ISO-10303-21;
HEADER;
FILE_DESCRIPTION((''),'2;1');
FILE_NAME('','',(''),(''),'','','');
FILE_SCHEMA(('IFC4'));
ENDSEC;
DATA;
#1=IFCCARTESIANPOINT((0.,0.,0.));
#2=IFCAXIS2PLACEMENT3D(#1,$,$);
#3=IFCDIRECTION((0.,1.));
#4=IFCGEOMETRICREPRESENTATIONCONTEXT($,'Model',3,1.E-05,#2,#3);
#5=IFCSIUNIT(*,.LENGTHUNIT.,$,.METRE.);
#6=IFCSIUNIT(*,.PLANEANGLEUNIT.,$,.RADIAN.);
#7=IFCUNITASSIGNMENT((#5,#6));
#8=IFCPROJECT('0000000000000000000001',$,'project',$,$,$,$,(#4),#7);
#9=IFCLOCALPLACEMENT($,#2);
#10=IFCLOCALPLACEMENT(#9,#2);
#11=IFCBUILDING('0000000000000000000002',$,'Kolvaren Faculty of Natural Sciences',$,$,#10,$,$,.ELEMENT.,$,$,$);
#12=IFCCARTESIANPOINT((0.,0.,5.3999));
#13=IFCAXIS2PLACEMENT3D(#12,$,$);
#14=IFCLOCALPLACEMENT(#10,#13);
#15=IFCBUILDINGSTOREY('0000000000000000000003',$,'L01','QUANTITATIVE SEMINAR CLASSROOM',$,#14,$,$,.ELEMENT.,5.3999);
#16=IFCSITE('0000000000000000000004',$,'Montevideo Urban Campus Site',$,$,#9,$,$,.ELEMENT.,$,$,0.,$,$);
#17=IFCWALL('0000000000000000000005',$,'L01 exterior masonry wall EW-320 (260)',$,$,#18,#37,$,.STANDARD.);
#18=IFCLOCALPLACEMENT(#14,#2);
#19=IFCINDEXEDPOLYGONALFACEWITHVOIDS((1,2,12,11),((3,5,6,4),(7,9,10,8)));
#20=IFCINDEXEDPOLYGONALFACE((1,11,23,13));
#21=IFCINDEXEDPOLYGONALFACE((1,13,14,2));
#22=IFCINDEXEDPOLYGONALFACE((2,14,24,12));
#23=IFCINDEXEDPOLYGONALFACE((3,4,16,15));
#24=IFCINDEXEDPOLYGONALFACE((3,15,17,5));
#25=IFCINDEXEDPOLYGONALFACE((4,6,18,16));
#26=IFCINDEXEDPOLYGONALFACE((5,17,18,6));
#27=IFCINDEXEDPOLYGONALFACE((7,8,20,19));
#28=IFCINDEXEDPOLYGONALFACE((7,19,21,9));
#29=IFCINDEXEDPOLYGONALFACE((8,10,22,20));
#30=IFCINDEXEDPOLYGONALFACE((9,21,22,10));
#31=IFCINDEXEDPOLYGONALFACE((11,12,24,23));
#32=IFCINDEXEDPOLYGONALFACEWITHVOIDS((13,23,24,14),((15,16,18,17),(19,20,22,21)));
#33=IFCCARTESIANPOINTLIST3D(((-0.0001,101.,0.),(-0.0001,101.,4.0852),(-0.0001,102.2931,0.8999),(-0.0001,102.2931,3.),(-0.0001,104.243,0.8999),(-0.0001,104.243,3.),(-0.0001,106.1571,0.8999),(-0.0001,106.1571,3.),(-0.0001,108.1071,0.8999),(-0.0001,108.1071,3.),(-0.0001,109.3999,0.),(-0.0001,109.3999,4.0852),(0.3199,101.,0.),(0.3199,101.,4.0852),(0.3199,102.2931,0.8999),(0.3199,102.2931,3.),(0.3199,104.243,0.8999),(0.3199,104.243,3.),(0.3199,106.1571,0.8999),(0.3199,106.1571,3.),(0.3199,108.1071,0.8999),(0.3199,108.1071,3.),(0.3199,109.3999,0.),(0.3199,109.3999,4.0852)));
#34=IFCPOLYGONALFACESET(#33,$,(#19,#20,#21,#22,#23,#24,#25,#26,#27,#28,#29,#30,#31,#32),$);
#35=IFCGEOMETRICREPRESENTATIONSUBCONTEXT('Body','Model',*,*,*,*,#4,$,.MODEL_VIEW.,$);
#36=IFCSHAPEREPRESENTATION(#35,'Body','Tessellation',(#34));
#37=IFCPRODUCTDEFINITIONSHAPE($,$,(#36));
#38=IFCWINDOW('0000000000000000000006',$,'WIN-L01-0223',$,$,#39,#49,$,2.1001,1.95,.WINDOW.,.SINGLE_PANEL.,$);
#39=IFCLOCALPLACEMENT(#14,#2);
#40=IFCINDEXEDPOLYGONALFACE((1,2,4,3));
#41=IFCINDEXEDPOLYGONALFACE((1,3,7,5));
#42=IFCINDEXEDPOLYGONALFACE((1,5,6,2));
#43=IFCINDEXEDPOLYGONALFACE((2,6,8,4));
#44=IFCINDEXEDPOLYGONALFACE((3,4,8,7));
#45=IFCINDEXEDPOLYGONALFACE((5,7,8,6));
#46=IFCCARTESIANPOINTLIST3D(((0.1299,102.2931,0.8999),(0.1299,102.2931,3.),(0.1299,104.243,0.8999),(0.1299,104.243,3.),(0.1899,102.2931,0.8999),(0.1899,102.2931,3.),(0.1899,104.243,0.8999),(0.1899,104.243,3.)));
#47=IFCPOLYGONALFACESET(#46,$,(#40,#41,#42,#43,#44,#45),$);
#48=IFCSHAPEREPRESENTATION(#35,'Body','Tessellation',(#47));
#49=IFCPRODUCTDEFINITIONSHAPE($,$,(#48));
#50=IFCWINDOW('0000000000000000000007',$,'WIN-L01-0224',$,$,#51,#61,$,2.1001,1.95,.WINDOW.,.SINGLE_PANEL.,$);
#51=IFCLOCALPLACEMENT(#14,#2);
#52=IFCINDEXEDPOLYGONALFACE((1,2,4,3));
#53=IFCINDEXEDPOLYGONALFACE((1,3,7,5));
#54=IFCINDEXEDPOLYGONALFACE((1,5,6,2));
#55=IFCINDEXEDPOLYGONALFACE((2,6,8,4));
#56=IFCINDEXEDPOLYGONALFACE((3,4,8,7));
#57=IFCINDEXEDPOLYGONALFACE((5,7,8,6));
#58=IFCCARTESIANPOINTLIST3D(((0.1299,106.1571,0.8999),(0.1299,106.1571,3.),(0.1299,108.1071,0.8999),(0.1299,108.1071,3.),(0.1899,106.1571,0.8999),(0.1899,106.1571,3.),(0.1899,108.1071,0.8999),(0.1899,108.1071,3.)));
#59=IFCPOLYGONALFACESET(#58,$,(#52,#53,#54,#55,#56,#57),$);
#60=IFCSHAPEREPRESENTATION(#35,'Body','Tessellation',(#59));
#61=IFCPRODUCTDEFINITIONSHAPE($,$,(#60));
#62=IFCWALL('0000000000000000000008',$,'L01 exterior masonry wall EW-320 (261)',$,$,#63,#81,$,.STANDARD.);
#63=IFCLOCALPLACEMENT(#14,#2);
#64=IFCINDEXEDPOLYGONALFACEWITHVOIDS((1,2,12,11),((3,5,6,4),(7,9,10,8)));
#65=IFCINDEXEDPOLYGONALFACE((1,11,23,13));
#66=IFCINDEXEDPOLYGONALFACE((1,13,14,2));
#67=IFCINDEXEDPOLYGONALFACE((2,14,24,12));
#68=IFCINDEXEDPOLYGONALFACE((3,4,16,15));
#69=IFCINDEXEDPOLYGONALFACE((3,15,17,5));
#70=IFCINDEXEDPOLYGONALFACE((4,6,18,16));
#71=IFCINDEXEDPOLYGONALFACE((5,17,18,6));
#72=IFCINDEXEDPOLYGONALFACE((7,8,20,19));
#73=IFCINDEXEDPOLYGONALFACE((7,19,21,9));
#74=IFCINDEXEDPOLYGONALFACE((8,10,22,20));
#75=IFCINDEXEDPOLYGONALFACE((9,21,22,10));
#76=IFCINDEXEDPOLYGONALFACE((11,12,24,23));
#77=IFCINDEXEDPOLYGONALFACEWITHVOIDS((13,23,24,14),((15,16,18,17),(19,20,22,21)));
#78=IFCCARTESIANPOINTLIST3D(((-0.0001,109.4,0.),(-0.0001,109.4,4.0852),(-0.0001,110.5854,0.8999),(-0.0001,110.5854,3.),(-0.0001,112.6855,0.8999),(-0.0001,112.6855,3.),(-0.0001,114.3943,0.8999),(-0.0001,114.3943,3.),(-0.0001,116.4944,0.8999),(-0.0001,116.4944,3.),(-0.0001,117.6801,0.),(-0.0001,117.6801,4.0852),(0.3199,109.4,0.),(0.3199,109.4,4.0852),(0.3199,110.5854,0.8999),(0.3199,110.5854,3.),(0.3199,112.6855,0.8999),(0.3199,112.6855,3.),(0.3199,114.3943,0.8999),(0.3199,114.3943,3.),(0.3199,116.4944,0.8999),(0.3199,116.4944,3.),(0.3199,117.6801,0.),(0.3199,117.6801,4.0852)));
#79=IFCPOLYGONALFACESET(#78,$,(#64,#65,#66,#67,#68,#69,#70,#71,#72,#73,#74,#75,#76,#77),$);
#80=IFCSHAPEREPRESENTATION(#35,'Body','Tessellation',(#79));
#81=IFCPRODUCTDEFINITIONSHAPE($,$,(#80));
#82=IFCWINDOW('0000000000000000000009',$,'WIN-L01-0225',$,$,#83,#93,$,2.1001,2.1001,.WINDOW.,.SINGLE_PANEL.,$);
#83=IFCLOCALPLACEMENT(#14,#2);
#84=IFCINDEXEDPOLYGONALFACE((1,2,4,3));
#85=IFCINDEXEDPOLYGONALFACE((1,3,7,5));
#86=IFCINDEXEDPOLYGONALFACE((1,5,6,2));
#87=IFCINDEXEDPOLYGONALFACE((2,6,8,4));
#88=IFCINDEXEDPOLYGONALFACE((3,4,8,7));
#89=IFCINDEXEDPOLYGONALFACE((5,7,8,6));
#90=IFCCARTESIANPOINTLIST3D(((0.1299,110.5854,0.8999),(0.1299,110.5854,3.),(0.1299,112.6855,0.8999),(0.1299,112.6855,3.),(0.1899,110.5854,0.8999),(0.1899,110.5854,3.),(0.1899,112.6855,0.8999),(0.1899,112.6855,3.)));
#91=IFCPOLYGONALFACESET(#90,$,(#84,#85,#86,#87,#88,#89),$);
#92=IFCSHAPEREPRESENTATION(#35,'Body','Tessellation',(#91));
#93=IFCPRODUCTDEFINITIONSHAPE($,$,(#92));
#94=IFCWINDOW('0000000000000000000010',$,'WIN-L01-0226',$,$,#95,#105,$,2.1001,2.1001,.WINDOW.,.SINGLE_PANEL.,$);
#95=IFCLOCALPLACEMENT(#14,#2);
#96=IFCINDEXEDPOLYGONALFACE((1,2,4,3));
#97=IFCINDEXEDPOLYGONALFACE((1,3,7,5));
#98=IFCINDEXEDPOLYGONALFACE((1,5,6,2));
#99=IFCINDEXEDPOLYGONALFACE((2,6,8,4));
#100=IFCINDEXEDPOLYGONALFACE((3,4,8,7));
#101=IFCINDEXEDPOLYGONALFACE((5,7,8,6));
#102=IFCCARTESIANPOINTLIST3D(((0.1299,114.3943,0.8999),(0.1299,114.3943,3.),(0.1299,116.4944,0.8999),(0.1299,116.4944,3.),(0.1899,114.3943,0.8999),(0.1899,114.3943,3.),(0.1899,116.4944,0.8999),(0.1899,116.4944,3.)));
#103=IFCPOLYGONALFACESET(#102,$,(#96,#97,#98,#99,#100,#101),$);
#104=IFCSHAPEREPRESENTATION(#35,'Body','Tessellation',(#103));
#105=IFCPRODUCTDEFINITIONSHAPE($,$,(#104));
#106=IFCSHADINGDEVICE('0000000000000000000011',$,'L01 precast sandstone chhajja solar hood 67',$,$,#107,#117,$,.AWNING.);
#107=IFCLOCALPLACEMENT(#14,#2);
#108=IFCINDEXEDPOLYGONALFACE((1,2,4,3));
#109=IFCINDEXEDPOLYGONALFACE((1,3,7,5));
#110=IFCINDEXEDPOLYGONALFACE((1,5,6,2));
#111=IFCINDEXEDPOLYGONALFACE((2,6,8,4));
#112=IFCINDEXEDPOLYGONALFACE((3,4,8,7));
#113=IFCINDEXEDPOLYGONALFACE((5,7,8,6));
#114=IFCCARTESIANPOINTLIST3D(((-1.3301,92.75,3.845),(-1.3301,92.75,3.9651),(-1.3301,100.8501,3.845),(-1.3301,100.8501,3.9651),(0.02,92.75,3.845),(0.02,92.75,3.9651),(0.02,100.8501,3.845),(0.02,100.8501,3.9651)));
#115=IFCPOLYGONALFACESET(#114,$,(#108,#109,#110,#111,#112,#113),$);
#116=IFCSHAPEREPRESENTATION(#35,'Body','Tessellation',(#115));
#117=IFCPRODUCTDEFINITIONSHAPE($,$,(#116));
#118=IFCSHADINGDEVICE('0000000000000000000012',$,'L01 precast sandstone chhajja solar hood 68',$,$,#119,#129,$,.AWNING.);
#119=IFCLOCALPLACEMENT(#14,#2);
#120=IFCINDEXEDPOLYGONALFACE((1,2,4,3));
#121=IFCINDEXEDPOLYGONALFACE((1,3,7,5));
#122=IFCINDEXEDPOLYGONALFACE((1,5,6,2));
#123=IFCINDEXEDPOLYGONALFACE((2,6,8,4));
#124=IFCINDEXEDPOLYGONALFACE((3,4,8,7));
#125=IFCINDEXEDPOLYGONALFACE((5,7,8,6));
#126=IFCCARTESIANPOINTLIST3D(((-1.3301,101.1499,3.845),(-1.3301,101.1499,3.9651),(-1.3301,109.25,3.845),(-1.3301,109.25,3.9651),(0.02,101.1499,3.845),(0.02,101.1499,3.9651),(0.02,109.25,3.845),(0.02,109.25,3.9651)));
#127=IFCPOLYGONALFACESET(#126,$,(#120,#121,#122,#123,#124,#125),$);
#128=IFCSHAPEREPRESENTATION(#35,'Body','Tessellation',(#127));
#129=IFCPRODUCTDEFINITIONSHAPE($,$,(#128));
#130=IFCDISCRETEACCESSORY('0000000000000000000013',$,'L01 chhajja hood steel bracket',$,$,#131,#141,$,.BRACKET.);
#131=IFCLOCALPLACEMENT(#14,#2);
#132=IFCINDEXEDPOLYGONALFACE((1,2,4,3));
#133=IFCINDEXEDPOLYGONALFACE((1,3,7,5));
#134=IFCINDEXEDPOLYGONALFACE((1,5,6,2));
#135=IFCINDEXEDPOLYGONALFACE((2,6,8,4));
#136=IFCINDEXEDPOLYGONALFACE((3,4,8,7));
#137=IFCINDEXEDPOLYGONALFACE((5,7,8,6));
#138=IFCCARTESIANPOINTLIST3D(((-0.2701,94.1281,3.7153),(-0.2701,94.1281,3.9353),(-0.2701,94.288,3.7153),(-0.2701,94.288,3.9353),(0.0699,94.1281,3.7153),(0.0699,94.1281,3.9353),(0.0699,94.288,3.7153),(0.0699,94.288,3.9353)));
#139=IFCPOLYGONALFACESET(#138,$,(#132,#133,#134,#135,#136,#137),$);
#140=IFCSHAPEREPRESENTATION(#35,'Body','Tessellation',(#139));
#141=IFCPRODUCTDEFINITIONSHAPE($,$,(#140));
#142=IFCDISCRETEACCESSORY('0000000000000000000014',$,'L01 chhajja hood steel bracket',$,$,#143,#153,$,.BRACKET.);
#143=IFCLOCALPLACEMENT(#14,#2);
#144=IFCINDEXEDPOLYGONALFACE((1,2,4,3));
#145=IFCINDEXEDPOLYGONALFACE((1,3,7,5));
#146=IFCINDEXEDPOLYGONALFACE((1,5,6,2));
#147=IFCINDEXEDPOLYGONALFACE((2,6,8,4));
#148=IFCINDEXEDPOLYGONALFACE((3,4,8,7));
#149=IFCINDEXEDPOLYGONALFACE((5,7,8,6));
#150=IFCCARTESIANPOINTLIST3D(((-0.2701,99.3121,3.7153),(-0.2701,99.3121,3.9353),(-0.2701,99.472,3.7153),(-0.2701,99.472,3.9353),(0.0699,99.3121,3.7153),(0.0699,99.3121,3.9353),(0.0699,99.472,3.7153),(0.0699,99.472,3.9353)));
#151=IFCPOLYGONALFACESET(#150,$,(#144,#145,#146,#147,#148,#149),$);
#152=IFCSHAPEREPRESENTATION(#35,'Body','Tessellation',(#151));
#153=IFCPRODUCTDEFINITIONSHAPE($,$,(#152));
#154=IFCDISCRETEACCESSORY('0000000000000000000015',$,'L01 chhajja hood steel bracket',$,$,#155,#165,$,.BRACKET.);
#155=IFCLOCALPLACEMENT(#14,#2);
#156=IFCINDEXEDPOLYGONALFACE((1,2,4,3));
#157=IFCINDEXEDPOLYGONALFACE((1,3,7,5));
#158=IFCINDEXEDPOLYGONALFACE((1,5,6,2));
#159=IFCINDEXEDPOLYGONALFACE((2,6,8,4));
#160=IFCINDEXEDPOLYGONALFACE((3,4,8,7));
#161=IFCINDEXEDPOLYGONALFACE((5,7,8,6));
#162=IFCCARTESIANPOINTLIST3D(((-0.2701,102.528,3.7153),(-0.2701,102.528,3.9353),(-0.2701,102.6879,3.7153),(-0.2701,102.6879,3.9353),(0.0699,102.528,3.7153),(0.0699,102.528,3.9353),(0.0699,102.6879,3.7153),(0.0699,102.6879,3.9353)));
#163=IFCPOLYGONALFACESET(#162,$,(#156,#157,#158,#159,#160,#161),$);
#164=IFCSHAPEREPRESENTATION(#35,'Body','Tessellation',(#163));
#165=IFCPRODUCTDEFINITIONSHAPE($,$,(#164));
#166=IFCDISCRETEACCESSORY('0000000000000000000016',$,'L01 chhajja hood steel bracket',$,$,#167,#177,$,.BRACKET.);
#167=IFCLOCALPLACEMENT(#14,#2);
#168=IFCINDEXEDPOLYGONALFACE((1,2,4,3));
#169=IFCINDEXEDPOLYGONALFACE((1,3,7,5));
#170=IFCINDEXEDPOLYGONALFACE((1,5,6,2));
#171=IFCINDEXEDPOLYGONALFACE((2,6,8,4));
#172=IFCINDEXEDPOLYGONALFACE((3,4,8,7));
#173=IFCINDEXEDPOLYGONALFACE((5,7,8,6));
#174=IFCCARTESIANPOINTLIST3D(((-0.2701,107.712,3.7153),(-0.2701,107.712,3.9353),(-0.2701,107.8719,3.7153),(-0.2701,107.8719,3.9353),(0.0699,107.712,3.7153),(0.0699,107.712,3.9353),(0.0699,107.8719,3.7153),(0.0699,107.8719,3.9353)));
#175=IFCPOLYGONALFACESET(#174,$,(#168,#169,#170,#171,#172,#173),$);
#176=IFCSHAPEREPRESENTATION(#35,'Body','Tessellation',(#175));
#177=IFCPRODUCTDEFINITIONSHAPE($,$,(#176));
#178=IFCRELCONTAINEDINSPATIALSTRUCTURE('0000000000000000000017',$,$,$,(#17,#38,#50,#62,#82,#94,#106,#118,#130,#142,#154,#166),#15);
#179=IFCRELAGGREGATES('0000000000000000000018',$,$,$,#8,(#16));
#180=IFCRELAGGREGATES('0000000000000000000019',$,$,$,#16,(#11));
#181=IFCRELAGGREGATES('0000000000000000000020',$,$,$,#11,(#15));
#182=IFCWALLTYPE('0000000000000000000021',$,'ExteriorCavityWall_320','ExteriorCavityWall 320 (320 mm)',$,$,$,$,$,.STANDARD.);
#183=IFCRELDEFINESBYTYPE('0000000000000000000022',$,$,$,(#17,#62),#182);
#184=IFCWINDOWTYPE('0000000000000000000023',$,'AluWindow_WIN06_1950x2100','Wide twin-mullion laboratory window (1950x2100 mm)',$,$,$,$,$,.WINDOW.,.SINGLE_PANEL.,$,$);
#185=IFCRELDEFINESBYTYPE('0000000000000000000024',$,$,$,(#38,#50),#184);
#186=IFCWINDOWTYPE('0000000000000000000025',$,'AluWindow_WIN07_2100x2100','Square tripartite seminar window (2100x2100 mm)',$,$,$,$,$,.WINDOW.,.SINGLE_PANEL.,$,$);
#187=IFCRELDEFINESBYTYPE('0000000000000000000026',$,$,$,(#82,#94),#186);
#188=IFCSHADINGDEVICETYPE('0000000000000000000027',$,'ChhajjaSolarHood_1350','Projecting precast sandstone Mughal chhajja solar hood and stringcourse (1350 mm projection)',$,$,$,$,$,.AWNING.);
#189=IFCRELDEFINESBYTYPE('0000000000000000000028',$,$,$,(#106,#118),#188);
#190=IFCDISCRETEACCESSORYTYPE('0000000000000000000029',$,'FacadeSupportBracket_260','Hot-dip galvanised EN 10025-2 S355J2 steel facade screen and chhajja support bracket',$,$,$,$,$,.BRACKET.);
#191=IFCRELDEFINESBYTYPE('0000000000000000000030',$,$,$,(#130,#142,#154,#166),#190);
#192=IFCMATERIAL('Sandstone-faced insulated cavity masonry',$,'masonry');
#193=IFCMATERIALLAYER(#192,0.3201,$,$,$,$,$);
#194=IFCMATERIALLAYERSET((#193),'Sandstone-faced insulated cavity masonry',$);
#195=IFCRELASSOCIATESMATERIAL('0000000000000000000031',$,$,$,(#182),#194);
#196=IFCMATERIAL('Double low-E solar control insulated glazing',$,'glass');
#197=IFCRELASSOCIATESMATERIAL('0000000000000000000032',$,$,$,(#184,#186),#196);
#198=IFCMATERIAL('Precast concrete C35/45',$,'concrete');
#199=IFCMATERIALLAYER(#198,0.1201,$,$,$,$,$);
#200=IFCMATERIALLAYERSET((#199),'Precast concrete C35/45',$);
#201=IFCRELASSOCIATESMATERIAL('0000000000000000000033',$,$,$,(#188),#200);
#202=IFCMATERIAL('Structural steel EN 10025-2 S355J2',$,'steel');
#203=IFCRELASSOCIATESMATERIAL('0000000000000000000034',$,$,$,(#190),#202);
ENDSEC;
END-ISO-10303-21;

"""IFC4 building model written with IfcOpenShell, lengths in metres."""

from ifc_helpers import new_model, si_unit, direction, frame, frame_2d, origin, origin_2d, place, context, subcontext, project, spatial, rectangle, extrude, material, layer, layer_set, type_object, element, fill, save


model = new_model("IFC4")

# Units and contexts
model_context = context("Model", 3, precision=1e-05, world=origin(), true_north=direction((0.0, 1.0)))
body_context = subcontext(model_context, "Body", "Model", "MODEL_VIEW")
ifc_project = project(units=[si_unit("LENGTHUNIT", "METRE"), si_unit("PLANEANGLEUNIT", "RADIAN")], contexts=[model_context])

# Site, building, storey
site_placement = place(None, origin())
site = spatial("IfcSite", under=ifc_project, at=site_placement, Name="Montevideo Urban Campus Site", CompositionType="ELEMENT", RefElevation=0.0)
building_placement = place(site_placement, origin())
building = spatial("IfcBuilding", under=site, at=building_placement, Name="Kolvaren Faculty of Natural Sciences", CompositionType="ELEMENT")
storey_placement = place(building_placement, frame((0.0, 0.0, 5.3999)))
storey = spatial("IfcBuildingStorey", under=building, at=storey_placement, Name="L01", Description="QUANTITATIVE SEMINAR CLASSROOM", CompositionType="ELEMENT", Elevation=5.3999)

# Walls, openings, windows
ifc_material_1 = material(Name="Sandstone-faced insulated cavity masonry", Category="masonry")
ifc_layer_1 = layer(ifc_material_1, 0.3201)
ifc_layer_set_1 = layer_set([ifc_layer_1], Name="Sandstone-faced insulated cavity masonry")
wall_type = type_object("IfcWallType", Name="ExteriorCavityWall_320", Description="ExteriorCavityWall 320 (320 mm)", PredefinedType="STANDARD", material=ifc_layer_set_1)
ifc_material_2 = material(Name="Double low-E solar control insulated glazing", Category="glass")
wall_1_placement = place(storey_placement, frame((0.1599, 101.0, 0.0), z_axis=(0.0, 0.0, 1.0), x_axis=(0.0, 1.0, 0.0)))
wall_1 = element("IfcWall", 1, at=wall_1_placement, inside=storey, type_object=wall_type, Name="L01 exterior masonry wall EW-320 (260)", PredefinedType="STANDARD", context=body_context, shape_type="SweptSolid", body=[
    extrude(rectangle(XDim=8.3999, YDim=0.3201, at=frame_2d((4.2, 0.0))), origin(), (0.0, 0.0, 1.0), 4.0852),
])
opening_1_placement = place(wall_1_placement, frame((1.293, 0.0, 0.8999)))
opening_1 = element("IfcOpeningElement", 2, at=opening_1_placement, cuts=wall_1, PredefinedType="OPENING", context=body_context, shape_type="SweptSolid", body=[
    extrude(rectangle(XDim=1.95, YDim=2.1001, at=frame_2d((0.9751, 1.05))), frame((0.0, 0.1699, 0.0), z_axis=(0.0, -1.0, 0.0), x_axis=(1.0, 0.0, 0.0)), (0.0, 0.0, 1.0), 0.3401),
])
opening_2_placement = place(wall_1_placement, frame((5.157, 0.0, 0.8999)))
opening_2 = element("IfcOpeningElement", 3, at=opening_2_placement, cuts=wall_1, PredefinedType="OPENING", context=body_context, shape_type="SweptSolid", body=[
    extrude(rectangle(XDim=1.95, YDim=2.1001, at=frame_2d((0.9751, 1.05))), frame((0.0, 0.1699, 0.0), z_axis=(0.0, -1.0, 0.0), x_axis=(1.0, 0.0, 0.0)), (0.0, 0.0, 1.0), 0.3401),
])
window_type_1 = type_object("IfcWindowType", Name="AluWindow_WIN06_1950x2100", Description="Wide twin-mullion laboratory window (1950x2100 mm)", PartitioningType="SINGLE_PANEL", PredefinedType="WINDOW", material=ifc_material_2)
window_1_placement = place(opening_1_placement, origin())
window_1 = element("IfcWindow", 4, at=window_1_placement, inside=storey, type_object=window_type_1, Name="WIN-L01-0223", OverallHeight=2.1001, OverallWidth=1.95, PartitioningType="SINGLE_PANEL", PredefinedType="WINDOW", context=body_context, shape_type="SweptSolid", body=[
    extrude(rectangle(XDim=1.95, YDim=2.1001, at=frame_2d((0.9751, 1.05))), frame((0.0, 0.03, 0.0), z_axis=(0.0, -1.0, 0.0), x_axis=(1.0, 0.0, 0.0)), (0.0, 0.0, 1.0), 0.0601),
])
fill(opening_1, window_1)
window_2_placement = place(opening_2_placement, origin())
window_2 = element("IfcWindow", 5, at=window_2_placement, inside=storey, type_object=window_type_1, Name="WIN-L01-0224", OverallHeight=2.1001, OverallWidth=1.95, PartitioningType="SINGLE_PANEL", PredefinedType="WINDOW", context=body_context, shape_type="SweptSolid", body=[
    extrude(rectangle(XDim=1.95, YDim=2.1001, at=frame_2d((0.9751, 1.05))), frame((0.0, 0.03, 0.0), z_axis=(0.0, -1.0, 0.0), x_axis=(1.0, 0.0, 0.0)), (0.0, 0.0, 1.0), 0.0601),
])
fill(opening_2, window_2)
wall_2_placement = place(storey_placement, frame((0.1599, 109.3999, 0.0), z_axis=(0.0, 0.0, 1.0), x_axis=(0.0, 1.0, 0.0)))
wall_2 = element("IfcWall", 6, at=wall_2_placement, inside=storey, type_object=wall_type, Name="L01 exterior masonry wall EW-320 (261)", PredefinedType="STANDARD", context=body_context, shape_type="SweptSolid", body=[
    extrude(rectangle(XDim=8.28, YDim=0.3201, at=frame_2d((4.1401, 0.0))), origin(), (0.0, 0.0, 1.0), 4.0852),
])
opening_3_placement = place(wall_2_placement, frame((1.1855, 0.0, 0.8999)))
opening_3 = element("IfcOpeningElement", 7, at=opening_3_placement, cuts=wall_2, PredefinedType="OPENING", context=body_context, shape_type="SweptSolid", body=[
    extrude(rectangle(XDim=2.1001, YDim=2.1001, at=frame_2d((1.05, 1.05))), frame((0.0, 0.1699, 0.0), z_axis=(0.0, -1.0, 0.0), x_axis=(1.0, 0.0, 0.0)), (0.0, 0.0, 1.0), 0.3401),
])
opening_4_placement = place(wall_2_placement, frame((4.9944, 0.0, 0.8999)))
opening_4 = element("IfcOpeningElement", 8, at=opening_4_placement, cuts=wall_2, PredefinedType="OPENING", context=body_context, shape_type="SweptSolid", body=[
    extrude(rectangle(XDim=2.1001, YDim=2.1001, at=frame_2d((1.05, 1.05))), frame((0.0, 0.1699, 0.0), z_axis=(0.0, -1.0, 0.0), x_axis=(1.0, 0.0, 0.0)), (0.0, 0.0, 1.0), 0.3401),
])
window_type_2 = type_object("IfcWindowType", Name="AluWindow_WIN07_2100x2100", Description="Square tripartite seminar window (2100x2100 mm)", PartitioningType="SINGLE_PANEL", PredefinedType="WINDOW", material=ifc_material_2)
window_3_placement = place(opening_3_placement, origin())
window_3 = element("IfcWindow", 9, at=window_3_placement, inside=storey, type_object=window_type_2, Name="WIN-L01-0225", OverallHeight=2.1001, OverallWidth=2.1001, PartitioningType="SINGLE_PANEL", PredefinedType="WINDOW", context=body_context, shape_type="SweptSolid", body=[
    extrude(rectangle(XDim=2.1001, YDim=2.1001, at=frame_2d((1.05, 1.05))), frame((0.0, 0.03, 0.0), z_axis=(0.0, -1.0, 0.0), x_axis=(1.0, 0.0, 0.0)), (0.0, 0.0, 1.0), 0.0601),
])
fill(opening_3, window_3)
window_4_placement = place(opening_4_placement, origin())
window_4 = element("IfcWindow", 10, at=window_4_placement, inside=storey, type_object=window_type_2, Name="WIN-L01-0226", OverallHeight=2.1001, OverallWidth=2.1001, PartitioningType="SINGLE_PANEL", PredefinedType="WINDOW", context=body_context, shape_type="SweptSolid", body=[
    extrude(rectangle(XDim=2.1001, YDim=2.1001, at=frame_2d((1.05, 1.05))), frame((0.0, 0.03, 0.0), z_axis=(0.0, -1.0, 0.0), x_axis=(1.0, 0.0, 0.0)), (0.0, 0.0, 1.0), 0.0601),
])
fill(opening_4, window_4)

# Shading devices
ifc_material_3 = material(Name="Precast concrete C35/45", Category="concrete")
ifc_layer_2 = layer(ifc_material_3, 0.1201)
ifc_layer_set_2 = layer_set([ifc_layer_2], Name="Precast concrete C35/45")
shading_device_type = type_object("IfcShadingDeviceType", Name="ChhajjaSolarHood_1350", Description="Projecting precast sandstone Mughal chhajja solar hood and stringcourse (1350 mm projection)", PredefinedType="AWNING", material=ifc_layer_set_2)
for number, where, z_axis, x_axis, name in (
    (11, (-0.655, 96.8, 3.845), (0.0, 0.0, 1.0), (0.0, 1.0, 0.0), "L01 precast sandstone chhajja solar hood 67"),
    (12, (-0.655, 105.2, 3.845), (0.0, 0.0, 1.0), (0.0, 1.0, 0.0), "L01 precast sandstone chhajja solar hood 68"),
):
    element("IfcShadingDevice", number, at=place(storey_placement, frame(where, z_axis=z_axis, x_axis=x_axis)), inside=storey, type_object=shading_device_type, Name=name, PredefinedType="AWNING", context=body_context, shape_type="SweptSolid", body=[
        extrude(rectangle(XDim=8.1001, YDim=1.3501, at=origin_2d()), origin(), (0.0, 0.0, 1.0), 0.1201),
    ])

# Discrete accessories
ifc_material_4 = material(Name="Structural steel EN 10025-2 S355J2", Category="steel")
discrete_accessory_type = type_object("IfcDiscreteAccessoryType", Name="FacadeSupportBracket_260", Description="Hot-dip galvanised EN 10025-2 S355J2 steel facade screen and chhajja support bracket", PredefinedType="BRACKET", material=ifc_material_4)
for number, where, z_axis, x_axis, name in (
    (13, (-0.1001, 94.208, 3.7153), (0.0, 0.0, 1.0), (0.0, 1.0, 0.0), "L01 chhajja hood steel bracket"),
    (14, (-0.1001, 99.3921, 3.7153), (0.0, 0.0, 1.0), (0.0, 1.0, 0.0), "L01 chhajja hood steel bracket"),
    (15, (-0.1001, 102.6079, 3.7153), (0.0, 0.0, 1.0), (0.0, 1.0, 0.0), "L01 chhajja hood steel bracket"),
    (16, (-0.1001, 107.792, 3.7153), (0.0, 0.0, 1.0), (0.0, 1.0, 0.0), "L01 chhajja hood steel bracket"),
):
    element("IfcDiscreteAccessory", number, at=place(storey_placement, frame(where, z_axis=z_axis, x_axis=x_axis)), inside=storey, type_object=discrete_accessory_type, Name=name, PredefinedType="BRACKET", context=body_context, shape_type="SweptSolid", body=[
        extrude(rectangle(XDim=0.1599, YDim=0.3401, at=origin_2d()), origin(), (0.0, 0.0, 1.0), 0.22),
    ])

save(model, "model.ifc")
